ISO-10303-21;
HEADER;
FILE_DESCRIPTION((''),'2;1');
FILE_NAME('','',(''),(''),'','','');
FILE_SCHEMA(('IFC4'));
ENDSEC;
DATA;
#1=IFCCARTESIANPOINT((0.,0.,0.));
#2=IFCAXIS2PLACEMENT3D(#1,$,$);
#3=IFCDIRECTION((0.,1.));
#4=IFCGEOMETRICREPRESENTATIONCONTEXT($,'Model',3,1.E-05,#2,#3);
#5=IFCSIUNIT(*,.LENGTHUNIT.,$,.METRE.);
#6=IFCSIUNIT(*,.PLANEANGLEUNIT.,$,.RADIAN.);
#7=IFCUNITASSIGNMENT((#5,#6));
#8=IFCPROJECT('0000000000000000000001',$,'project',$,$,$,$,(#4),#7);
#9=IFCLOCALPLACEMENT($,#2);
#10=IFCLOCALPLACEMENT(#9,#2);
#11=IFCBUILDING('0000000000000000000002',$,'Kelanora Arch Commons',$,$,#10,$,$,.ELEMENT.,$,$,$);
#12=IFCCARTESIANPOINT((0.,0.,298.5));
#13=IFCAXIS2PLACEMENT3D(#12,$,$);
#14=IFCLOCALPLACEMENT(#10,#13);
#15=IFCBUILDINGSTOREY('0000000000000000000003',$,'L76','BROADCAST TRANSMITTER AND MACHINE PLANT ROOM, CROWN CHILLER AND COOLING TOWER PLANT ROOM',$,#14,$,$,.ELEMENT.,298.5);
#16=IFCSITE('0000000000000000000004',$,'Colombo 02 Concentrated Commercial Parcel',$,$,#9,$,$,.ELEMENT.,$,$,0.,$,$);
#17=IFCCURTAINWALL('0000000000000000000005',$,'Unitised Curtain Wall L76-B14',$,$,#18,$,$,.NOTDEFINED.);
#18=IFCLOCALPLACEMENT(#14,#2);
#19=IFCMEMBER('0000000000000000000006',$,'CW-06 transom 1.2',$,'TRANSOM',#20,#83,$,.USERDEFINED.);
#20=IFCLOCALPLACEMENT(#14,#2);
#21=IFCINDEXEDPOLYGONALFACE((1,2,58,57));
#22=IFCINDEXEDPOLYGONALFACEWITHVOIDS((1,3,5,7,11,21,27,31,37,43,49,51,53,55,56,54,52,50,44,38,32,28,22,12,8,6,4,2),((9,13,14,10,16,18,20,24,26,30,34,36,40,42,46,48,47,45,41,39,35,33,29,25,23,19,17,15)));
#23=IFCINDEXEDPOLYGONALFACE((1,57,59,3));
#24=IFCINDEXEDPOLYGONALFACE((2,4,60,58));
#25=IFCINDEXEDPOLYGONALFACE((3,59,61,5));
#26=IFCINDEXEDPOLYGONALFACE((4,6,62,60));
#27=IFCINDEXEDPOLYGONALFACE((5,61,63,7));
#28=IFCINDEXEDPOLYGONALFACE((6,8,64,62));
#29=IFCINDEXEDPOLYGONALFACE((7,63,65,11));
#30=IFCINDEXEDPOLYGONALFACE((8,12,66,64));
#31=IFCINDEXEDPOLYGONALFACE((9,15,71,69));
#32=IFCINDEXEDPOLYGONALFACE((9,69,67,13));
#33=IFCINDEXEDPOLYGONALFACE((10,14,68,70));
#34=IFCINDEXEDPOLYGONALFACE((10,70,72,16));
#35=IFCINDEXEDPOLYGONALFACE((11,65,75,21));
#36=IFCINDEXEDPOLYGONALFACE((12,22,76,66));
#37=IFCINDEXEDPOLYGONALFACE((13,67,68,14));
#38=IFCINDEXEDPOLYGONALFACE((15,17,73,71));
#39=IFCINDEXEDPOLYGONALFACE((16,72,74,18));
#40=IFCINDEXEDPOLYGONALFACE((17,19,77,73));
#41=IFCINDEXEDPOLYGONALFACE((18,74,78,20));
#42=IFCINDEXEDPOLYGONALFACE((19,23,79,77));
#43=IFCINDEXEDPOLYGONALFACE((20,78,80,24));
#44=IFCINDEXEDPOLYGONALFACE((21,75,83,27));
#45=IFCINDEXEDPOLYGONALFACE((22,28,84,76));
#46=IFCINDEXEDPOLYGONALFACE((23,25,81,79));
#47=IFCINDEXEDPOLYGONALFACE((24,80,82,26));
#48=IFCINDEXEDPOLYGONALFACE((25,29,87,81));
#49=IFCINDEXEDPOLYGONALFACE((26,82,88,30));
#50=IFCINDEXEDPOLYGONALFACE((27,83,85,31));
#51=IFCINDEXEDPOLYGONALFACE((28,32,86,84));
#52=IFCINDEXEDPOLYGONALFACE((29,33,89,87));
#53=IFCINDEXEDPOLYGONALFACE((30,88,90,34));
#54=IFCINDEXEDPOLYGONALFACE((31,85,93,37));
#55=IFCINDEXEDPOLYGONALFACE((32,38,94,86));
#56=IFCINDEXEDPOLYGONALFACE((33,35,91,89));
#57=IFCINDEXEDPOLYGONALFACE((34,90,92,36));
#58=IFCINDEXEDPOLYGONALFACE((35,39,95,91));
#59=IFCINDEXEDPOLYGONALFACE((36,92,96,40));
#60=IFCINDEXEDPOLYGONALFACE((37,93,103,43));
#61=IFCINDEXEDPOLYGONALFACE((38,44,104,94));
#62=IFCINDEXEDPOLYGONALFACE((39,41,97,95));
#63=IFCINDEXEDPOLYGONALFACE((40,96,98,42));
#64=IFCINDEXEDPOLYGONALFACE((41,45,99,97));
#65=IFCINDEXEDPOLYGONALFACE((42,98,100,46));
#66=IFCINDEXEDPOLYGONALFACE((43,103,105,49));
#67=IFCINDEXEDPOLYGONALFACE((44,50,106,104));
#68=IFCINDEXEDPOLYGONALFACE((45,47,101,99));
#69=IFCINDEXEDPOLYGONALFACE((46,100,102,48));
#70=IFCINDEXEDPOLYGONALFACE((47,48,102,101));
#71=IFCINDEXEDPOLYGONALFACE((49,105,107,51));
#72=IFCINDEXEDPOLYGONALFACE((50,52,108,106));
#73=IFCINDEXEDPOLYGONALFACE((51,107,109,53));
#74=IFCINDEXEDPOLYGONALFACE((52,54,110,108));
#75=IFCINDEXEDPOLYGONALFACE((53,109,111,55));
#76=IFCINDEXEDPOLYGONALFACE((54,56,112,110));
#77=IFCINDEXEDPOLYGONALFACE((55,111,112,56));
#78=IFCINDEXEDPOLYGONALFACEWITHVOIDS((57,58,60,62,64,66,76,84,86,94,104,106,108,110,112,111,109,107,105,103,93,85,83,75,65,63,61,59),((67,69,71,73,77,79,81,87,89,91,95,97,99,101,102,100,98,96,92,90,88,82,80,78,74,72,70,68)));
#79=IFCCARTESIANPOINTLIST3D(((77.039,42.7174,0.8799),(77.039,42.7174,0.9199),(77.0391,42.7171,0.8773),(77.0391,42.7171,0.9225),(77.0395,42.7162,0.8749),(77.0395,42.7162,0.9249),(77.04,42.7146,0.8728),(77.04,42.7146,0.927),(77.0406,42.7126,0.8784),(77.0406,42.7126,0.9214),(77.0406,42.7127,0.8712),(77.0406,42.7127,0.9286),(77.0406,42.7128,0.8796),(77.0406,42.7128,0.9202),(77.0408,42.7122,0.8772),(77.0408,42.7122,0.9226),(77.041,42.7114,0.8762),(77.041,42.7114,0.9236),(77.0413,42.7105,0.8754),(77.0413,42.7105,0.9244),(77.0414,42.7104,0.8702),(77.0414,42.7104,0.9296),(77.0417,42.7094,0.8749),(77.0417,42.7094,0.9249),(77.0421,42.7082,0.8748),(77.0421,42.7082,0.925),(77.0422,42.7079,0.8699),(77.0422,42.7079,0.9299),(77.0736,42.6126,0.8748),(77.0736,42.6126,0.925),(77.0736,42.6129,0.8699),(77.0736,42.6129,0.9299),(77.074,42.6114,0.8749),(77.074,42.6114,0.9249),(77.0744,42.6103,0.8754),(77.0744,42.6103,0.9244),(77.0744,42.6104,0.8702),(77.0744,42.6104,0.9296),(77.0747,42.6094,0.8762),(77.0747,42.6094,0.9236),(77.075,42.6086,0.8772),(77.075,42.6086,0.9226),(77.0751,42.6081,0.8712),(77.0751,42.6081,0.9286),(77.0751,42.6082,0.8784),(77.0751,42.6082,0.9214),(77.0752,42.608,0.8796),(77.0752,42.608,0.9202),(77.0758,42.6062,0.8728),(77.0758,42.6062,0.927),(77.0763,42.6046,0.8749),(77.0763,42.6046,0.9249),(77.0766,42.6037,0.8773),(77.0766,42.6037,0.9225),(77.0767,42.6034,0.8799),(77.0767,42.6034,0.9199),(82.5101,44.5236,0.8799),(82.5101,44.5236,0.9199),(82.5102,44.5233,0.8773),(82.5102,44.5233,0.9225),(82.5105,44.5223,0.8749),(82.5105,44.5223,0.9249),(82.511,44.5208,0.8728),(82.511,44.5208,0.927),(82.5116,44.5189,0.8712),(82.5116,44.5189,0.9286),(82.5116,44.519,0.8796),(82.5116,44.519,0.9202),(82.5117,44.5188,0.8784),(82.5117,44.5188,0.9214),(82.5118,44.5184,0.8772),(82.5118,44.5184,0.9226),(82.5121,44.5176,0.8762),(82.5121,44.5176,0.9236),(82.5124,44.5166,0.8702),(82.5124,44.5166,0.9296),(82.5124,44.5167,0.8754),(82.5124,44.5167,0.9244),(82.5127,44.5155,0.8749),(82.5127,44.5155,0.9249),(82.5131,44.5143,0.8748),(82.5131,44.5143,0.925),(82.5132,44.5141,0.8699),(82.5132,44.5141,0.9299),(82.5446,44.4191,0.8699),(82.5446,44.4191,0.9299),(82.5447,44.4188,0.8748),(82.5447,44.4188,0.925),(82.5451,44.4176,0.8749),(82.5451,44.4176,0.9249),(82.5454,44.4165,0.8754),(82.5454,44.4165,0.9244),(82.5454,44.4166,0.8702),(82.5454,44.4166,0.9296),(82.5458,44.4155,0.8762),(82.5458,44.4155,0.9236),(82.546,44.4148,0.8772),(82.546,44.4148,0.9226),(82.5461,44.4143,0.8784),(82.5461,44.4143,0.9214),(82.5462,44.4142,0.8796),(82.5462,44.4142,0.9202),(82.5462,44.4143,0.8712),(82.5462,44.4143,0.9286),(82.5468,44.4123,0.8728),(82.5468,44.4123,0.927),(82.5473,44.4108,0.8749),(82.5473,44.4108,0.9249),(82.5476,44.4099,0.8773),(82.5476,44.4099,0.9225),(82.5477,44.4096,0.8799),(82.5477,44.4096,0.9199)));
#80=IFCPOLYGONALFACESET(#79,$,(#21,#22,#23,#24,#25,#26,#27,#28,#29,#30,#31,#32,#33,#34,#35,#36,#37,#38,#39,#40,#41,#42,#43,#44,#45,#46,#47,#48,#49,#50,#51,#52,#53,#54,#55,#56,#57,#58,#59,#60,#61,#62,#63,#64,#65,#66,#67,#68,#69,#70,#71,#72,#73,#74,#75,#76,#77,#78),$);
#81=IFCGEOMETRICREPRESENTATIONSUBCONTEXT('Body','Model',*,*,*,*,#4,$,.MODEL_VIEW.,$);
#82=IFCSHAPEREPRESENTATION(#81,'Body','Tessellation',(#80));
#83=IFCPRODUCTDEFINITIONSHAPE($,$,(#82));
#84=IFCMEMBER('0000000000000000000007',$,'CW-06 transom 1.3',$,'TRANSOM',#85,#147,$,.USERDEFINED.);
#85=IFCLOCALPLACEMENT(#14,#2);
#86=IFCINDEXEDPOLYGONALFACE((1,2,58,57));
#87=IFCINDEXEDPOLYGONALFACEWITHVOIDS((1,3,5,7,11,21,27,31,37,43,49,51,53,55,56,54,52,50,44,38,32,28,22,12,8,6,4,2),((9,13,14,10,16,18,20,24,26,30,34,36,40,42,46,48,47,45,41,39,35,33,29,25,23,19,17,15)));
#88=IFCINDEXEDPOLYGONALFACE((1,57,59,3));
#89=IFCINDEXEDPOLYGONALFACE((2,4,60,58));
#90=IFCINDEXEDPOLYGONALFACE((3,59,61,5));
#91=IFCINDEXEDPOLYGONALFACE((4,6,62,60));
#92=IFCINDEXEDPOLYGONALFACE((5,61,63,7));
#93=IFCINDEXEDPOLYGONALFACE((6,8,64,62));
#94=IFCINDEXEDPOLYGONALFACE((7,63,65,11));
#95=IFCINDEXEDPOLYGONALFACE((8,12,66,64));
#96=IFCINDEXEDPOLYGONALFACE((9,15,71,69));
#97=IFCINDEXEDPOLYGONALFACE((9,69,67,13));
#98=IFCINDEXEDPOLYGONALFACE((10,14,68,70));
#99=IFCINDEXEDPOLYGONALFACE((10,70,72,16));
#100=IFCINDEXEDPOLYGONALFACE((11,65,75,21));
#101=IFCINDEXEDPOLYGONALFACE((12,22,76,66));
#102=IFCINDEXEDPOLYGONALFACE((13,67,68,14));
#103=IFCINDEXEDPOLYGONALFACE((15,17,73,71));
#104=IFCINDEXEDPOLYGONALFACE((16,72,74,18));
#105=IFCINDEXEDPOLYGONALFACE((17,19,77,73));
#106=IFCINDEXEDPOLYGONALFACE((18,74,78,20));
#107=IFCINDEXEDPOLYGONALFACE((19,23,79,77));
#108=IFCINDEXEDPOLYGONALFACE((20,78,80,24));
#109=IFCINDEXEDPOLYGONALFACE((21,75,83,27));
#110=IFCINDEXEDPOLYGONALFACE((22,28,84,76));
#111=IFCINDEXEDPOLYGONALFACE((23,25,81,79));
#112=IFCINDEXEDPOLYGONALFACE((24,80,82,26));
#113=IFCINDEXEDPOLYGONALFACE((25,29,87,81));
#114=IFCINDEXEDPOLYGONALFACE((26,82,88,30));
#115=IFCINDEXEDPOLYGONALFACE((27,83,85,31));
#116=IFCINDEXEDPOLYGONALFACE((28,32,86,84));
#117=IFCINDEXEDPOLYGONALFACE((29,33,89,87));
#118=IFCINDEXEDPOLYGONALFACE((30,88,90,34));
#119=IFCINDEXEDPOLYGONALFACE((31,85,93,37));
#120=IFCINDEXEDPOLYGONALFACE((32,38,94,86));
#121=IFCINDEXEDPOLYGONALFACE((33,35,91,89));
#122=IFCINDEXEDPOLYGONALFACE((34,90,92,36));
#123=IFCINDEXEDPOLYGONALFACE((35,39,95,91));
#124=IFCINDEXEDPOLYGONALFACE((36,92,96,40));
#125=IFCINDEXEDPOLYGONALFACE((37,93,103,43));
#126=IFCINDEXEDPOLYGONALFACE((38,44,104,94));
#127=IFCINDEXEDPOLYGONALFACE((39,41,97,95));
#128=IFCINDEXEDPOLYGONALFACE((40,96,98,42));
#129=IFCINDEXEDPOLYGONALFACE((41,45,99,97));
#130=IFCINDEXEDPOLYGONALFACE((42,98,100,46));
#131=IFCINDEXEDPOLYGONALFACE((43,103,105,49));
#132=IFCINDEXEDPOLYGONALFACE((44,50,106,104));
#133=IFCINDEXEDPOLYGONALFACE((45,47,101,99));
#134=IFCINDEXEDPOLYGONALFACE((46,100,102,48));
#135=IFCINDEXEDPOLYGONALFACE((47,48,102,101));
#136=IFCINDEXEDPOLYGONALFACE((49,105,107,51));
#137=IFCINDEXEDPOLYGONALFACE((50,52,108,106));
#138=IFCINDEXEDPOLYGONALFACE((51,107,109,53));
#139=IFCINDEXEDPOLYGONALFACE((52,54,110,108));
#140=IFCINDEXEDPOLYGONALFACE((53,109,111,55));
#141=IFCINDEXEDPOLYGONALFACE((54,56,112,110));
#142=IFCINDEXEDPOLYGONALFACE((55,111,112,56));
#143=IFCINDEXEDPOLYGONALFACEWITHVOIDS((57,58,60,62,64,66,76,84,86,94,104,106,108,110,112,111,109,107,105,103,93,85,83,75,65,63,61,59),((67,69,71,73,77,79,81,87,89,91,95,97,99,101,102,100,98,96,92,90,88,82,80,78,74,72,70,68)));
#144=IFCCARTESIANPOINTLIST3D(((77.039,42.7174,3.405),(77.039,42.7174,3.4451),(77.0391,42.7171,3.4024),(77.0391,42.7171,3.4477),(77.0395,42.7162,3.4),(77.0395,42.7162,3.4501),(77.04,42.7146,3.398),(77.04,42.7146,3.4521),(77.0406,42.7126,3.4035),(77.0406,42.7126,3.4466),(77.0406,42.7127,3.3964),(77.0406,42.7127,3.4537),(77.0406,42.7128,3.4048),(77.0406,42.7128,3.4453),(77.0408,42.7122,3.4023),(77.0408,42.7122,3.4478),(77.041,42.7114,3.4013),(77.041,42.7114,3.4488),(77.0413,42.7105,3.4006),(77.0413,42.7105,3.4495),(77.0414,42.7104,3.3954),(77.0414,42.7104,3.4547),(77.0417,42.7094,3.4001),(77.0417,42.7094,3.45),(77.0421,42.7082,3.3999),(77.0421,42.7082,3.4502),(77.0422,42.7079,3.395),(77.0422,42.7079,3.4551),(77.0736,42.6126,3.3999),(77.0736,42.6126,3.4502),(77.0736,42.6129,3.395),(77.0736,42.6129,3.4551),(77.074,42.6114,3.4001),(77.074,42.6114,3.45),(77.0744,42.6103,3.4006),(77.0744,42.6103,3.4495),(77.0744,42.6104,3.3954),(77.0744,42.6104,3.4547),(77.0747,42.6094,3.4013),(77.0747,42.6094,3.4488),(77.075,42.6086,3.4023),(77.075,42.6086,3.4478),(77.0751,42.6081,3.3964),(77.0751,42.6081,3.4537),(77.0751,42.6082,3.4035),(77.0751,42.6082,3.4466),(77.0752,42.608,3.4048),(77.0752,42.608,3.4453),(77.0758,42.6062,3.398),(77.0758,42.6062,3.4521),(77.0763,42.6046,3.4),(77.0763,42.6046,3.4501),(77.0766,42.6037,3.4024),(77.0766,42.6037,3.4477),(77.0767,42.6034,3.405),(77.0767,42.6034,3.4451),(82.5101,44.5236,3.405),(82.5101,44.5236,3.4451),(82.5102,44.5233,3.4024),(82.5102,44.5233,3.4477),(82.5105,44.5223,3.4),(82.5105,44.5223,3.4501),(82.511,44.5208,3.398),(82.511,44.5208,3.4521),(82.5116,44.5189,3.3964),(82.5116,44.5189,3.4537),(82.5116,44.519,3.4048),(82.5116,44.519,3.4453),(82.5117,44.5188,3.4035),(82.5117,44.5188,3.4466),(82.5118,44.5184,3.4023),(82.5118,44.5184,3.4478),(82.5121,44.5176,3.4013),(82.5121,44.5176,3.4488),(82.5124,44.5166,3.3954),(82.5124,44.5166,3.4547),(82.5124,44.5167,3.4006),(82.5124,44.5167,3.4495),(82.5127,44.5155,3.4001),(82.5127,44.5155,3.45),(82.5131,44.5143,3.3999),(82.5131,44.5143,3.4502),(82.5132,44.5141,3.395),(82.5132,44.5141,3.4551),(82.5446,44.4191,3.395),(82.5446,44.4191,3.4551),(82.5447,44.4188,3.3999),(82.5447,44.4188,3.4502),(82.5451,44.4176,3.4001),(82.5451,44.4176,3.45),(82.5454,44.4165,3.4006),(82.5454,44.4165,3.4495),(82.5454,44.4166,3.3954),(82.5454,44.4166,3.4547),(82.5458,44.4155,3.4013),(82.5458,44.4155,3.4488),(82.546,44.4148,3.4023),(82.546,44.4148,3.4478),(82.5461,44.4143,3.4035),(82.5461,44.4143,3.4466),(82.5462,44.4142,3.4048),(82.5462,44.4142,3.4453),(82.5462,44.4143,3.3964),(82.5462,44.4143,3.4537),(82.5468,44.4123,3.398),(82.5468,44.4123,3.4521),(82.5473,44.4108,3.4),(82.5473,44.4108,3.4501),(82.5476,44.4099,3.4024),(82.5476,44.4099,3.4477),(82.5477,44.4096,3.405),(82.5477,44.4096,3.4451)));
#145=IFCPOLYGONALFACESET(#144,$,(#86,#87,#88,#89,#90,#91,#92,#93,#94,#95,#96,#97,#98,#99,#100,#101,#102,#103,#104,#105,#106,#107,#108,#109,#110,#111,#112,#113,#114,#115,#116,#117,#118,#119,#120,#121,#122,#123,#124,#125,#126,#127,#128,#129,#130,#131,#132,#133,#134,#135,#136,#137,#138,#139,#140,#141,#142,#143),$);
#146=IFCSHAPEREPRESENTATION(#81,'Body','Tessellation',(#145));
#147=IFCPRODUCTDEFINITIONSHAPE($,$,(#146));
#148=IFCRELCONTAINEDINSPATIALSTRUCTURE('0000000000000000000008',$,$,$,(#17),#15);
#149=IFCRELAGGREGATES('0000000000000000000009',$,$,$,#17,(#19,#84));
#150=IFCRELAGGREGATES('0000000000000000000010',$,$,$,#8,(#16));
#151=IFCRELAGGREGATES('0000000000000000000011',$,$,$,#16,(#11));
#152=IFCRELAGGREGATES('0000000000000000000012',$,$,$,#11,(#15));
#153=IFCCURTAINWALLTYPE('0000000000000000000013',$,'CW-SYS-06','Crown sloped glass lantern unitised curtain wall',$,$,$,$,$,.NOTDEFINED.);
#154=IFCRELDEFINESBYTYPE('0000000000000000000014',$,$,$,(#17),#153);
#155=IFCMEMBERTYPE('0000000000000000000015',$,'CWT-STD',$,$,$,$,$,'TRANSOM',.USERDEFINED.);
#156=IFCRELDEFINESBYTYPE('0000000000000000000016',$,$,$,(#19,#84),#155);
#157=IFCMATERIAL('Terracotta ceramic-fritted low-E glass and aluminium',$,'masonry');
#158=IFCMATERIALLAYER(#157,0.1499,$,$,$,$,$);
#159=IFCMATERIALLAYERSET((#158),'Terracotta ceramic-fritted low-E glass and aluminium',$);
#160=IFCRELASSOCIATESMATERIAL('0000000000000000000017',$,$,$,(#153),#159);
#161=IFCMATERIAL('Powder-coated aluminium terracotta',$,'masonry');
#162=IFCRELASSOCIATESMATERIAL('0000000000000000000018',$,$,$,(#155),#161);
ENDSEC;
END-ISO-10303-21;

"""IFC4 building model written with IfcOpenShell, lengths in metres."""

from ifc_helpers import new_model, si_unit, direction, frame, origin, origin_2d, place, context, subcontext, project, spatial, hollow_rectangle, extrude, material, layer, layer_set, material_profile, profile_set, type_object, element, aggregate, save


model = new_model("IFC4")

# Units and contexts
model_context = context("Model", 3, precision=1e-05, world=origin(), true_north=direction((0.0, 1.0)))
body_context = subcontext(model_context, "Body", "Model", "MODEL_VIEW")
ifc_project = project(units=[si_unit("LENGTHUNIT", "METRE"), si_unit("PLANEANGLEUNIT", "RADIAN")], contexts=[model_context])

# Site, building, storey
site_placement = place(None, origin())
site = spatial("IfcSite", under=ifc_project, at=site_placement, Name="Colombo 02 Concentrated Commercial Parcel", CompositionType="ELEMENT", RefElevation=0.0)
building_placement = place(site_placement, origin())
building = spatial("IfcBuilding", under=site, at=building_placement, Name="Kelanora Arch Commons", CompositionType="ELEMENT")
storey_placement = place(building_placement, frame((0.0, 0.0, 298.5)))
storey = spatial("IfcBuildingStorey", under=building, at=storey_placement, Name="L76", Description="BROADCAST TRANSMITTER AND MACHINE PLANT ROOM, CROWN CHILLER AND COOLING TOWER PLANT ROOM", CompositionType="ELEMENT", Elevation=298.5)

# Shared definitions
ifc_material_1 = material(Name="Terracotta ceramic-fritted low-E glass and aluminium", Category="masonry")
ifc_layer_1 = layer(ifc_material_1, 0.1499)
ifc_layer_set_1 = layer_set([ifc_layer_1], Name="Terracotta ceramic-fritted low-E glass and aluminium")
curtain_wall_type = type_object("IfcCurtainWallType", Name="CW-SYS-06", Description="Crown sloped glass lantern unitised curtain wall", PredefinedType="NOTDEFINED", material=ifc_layer_set_1)
ifc_material_2 = material(Name="Powder-coated aluminium terracotta", Category="masonry")

# Curtain wall
curtain_wall_1_placement = place(storey_placement, origin())
curtain_wall_1 = element("IfcCurtainWall", 1, at=curtain_wall_1_placement, inside=storey, type_object=curtain_wall_type, Name="Unitised Curtain Wall L76-B14", PredefinedType="NOTDEFINED")

# Members
ifc_material_profile_1 = material_profile(ifc_material_2, hollow_rectangle(XDim=0.1201, YDim=0.0601, WallThickness=0.0049, InnerFilletRadius=0.0049, OuterFilletRadius=0.01, at=origin_2d()), Name="CWT120x60")
ifc_profile_set_1 = profile_set([ifc_material_profile_1], Name="Powder-coated aluminium terracotta")
member_type_1 = type_object("IfcMemberType", Name="CWT-STD", ElementType="TRANSOM", PredefinedType="USERDEFINED", material=ifc_profile_set_1)
member_1_placement = place(storey_placement, frame((77.0579, 42.6604, 0.8999), z_axis=(0.94959, 0.313493, 0.0), x_axis=(-0.313493, 0.94959, 0.0)))
member_1 = element("IfcMember", 2, at=member_1_placement, type_object=member_type_1, Name="CW-06 transom 1.2", ObjectType="TRANSOM", PredefinedType="USERDEFINED", context=body_context, shape_type="SweptSolid", body=[
    extrude(hollow_rectangle(XDim=0.1201, YDim=0.0601, WallThickness=0.0049, InnerFilletRadius=0.0049, OuterFilletRadius=0.01, at=origin_2d()), origin(), (0.0, 0.0, 1.0), 5.7615),
])
member_2_placement = place(storey_placement, frame((77.0579, 42.6604, 3.425), z_axis=(0.94959, 0.313493, 0.0), x_axis=(-0.313493, 0.94959, 0.0)))
member_2 = element("IfcMember", 3, at=member_2_placement, type_object=member_type_1, Name="CW-06 transom 1.3", ObjectType="TRANSOM", PredefinedType="USERDEFINED", context=body_context, shape_type="SweptSolid", body=[
    extrude(hollow_rectangle(XDim=0.1201, YDim=0.0601, WallThickness=0.0049, InnerFilletRadius=0.0049, OuterFilletRadius=0.01, at=origin_2d()), origin(), (0.0, 0.0, 1.0), 5.7615),
])

aggregate(curtain_wall_1, [member_1, member_2])

save(model, "model.ifc")
